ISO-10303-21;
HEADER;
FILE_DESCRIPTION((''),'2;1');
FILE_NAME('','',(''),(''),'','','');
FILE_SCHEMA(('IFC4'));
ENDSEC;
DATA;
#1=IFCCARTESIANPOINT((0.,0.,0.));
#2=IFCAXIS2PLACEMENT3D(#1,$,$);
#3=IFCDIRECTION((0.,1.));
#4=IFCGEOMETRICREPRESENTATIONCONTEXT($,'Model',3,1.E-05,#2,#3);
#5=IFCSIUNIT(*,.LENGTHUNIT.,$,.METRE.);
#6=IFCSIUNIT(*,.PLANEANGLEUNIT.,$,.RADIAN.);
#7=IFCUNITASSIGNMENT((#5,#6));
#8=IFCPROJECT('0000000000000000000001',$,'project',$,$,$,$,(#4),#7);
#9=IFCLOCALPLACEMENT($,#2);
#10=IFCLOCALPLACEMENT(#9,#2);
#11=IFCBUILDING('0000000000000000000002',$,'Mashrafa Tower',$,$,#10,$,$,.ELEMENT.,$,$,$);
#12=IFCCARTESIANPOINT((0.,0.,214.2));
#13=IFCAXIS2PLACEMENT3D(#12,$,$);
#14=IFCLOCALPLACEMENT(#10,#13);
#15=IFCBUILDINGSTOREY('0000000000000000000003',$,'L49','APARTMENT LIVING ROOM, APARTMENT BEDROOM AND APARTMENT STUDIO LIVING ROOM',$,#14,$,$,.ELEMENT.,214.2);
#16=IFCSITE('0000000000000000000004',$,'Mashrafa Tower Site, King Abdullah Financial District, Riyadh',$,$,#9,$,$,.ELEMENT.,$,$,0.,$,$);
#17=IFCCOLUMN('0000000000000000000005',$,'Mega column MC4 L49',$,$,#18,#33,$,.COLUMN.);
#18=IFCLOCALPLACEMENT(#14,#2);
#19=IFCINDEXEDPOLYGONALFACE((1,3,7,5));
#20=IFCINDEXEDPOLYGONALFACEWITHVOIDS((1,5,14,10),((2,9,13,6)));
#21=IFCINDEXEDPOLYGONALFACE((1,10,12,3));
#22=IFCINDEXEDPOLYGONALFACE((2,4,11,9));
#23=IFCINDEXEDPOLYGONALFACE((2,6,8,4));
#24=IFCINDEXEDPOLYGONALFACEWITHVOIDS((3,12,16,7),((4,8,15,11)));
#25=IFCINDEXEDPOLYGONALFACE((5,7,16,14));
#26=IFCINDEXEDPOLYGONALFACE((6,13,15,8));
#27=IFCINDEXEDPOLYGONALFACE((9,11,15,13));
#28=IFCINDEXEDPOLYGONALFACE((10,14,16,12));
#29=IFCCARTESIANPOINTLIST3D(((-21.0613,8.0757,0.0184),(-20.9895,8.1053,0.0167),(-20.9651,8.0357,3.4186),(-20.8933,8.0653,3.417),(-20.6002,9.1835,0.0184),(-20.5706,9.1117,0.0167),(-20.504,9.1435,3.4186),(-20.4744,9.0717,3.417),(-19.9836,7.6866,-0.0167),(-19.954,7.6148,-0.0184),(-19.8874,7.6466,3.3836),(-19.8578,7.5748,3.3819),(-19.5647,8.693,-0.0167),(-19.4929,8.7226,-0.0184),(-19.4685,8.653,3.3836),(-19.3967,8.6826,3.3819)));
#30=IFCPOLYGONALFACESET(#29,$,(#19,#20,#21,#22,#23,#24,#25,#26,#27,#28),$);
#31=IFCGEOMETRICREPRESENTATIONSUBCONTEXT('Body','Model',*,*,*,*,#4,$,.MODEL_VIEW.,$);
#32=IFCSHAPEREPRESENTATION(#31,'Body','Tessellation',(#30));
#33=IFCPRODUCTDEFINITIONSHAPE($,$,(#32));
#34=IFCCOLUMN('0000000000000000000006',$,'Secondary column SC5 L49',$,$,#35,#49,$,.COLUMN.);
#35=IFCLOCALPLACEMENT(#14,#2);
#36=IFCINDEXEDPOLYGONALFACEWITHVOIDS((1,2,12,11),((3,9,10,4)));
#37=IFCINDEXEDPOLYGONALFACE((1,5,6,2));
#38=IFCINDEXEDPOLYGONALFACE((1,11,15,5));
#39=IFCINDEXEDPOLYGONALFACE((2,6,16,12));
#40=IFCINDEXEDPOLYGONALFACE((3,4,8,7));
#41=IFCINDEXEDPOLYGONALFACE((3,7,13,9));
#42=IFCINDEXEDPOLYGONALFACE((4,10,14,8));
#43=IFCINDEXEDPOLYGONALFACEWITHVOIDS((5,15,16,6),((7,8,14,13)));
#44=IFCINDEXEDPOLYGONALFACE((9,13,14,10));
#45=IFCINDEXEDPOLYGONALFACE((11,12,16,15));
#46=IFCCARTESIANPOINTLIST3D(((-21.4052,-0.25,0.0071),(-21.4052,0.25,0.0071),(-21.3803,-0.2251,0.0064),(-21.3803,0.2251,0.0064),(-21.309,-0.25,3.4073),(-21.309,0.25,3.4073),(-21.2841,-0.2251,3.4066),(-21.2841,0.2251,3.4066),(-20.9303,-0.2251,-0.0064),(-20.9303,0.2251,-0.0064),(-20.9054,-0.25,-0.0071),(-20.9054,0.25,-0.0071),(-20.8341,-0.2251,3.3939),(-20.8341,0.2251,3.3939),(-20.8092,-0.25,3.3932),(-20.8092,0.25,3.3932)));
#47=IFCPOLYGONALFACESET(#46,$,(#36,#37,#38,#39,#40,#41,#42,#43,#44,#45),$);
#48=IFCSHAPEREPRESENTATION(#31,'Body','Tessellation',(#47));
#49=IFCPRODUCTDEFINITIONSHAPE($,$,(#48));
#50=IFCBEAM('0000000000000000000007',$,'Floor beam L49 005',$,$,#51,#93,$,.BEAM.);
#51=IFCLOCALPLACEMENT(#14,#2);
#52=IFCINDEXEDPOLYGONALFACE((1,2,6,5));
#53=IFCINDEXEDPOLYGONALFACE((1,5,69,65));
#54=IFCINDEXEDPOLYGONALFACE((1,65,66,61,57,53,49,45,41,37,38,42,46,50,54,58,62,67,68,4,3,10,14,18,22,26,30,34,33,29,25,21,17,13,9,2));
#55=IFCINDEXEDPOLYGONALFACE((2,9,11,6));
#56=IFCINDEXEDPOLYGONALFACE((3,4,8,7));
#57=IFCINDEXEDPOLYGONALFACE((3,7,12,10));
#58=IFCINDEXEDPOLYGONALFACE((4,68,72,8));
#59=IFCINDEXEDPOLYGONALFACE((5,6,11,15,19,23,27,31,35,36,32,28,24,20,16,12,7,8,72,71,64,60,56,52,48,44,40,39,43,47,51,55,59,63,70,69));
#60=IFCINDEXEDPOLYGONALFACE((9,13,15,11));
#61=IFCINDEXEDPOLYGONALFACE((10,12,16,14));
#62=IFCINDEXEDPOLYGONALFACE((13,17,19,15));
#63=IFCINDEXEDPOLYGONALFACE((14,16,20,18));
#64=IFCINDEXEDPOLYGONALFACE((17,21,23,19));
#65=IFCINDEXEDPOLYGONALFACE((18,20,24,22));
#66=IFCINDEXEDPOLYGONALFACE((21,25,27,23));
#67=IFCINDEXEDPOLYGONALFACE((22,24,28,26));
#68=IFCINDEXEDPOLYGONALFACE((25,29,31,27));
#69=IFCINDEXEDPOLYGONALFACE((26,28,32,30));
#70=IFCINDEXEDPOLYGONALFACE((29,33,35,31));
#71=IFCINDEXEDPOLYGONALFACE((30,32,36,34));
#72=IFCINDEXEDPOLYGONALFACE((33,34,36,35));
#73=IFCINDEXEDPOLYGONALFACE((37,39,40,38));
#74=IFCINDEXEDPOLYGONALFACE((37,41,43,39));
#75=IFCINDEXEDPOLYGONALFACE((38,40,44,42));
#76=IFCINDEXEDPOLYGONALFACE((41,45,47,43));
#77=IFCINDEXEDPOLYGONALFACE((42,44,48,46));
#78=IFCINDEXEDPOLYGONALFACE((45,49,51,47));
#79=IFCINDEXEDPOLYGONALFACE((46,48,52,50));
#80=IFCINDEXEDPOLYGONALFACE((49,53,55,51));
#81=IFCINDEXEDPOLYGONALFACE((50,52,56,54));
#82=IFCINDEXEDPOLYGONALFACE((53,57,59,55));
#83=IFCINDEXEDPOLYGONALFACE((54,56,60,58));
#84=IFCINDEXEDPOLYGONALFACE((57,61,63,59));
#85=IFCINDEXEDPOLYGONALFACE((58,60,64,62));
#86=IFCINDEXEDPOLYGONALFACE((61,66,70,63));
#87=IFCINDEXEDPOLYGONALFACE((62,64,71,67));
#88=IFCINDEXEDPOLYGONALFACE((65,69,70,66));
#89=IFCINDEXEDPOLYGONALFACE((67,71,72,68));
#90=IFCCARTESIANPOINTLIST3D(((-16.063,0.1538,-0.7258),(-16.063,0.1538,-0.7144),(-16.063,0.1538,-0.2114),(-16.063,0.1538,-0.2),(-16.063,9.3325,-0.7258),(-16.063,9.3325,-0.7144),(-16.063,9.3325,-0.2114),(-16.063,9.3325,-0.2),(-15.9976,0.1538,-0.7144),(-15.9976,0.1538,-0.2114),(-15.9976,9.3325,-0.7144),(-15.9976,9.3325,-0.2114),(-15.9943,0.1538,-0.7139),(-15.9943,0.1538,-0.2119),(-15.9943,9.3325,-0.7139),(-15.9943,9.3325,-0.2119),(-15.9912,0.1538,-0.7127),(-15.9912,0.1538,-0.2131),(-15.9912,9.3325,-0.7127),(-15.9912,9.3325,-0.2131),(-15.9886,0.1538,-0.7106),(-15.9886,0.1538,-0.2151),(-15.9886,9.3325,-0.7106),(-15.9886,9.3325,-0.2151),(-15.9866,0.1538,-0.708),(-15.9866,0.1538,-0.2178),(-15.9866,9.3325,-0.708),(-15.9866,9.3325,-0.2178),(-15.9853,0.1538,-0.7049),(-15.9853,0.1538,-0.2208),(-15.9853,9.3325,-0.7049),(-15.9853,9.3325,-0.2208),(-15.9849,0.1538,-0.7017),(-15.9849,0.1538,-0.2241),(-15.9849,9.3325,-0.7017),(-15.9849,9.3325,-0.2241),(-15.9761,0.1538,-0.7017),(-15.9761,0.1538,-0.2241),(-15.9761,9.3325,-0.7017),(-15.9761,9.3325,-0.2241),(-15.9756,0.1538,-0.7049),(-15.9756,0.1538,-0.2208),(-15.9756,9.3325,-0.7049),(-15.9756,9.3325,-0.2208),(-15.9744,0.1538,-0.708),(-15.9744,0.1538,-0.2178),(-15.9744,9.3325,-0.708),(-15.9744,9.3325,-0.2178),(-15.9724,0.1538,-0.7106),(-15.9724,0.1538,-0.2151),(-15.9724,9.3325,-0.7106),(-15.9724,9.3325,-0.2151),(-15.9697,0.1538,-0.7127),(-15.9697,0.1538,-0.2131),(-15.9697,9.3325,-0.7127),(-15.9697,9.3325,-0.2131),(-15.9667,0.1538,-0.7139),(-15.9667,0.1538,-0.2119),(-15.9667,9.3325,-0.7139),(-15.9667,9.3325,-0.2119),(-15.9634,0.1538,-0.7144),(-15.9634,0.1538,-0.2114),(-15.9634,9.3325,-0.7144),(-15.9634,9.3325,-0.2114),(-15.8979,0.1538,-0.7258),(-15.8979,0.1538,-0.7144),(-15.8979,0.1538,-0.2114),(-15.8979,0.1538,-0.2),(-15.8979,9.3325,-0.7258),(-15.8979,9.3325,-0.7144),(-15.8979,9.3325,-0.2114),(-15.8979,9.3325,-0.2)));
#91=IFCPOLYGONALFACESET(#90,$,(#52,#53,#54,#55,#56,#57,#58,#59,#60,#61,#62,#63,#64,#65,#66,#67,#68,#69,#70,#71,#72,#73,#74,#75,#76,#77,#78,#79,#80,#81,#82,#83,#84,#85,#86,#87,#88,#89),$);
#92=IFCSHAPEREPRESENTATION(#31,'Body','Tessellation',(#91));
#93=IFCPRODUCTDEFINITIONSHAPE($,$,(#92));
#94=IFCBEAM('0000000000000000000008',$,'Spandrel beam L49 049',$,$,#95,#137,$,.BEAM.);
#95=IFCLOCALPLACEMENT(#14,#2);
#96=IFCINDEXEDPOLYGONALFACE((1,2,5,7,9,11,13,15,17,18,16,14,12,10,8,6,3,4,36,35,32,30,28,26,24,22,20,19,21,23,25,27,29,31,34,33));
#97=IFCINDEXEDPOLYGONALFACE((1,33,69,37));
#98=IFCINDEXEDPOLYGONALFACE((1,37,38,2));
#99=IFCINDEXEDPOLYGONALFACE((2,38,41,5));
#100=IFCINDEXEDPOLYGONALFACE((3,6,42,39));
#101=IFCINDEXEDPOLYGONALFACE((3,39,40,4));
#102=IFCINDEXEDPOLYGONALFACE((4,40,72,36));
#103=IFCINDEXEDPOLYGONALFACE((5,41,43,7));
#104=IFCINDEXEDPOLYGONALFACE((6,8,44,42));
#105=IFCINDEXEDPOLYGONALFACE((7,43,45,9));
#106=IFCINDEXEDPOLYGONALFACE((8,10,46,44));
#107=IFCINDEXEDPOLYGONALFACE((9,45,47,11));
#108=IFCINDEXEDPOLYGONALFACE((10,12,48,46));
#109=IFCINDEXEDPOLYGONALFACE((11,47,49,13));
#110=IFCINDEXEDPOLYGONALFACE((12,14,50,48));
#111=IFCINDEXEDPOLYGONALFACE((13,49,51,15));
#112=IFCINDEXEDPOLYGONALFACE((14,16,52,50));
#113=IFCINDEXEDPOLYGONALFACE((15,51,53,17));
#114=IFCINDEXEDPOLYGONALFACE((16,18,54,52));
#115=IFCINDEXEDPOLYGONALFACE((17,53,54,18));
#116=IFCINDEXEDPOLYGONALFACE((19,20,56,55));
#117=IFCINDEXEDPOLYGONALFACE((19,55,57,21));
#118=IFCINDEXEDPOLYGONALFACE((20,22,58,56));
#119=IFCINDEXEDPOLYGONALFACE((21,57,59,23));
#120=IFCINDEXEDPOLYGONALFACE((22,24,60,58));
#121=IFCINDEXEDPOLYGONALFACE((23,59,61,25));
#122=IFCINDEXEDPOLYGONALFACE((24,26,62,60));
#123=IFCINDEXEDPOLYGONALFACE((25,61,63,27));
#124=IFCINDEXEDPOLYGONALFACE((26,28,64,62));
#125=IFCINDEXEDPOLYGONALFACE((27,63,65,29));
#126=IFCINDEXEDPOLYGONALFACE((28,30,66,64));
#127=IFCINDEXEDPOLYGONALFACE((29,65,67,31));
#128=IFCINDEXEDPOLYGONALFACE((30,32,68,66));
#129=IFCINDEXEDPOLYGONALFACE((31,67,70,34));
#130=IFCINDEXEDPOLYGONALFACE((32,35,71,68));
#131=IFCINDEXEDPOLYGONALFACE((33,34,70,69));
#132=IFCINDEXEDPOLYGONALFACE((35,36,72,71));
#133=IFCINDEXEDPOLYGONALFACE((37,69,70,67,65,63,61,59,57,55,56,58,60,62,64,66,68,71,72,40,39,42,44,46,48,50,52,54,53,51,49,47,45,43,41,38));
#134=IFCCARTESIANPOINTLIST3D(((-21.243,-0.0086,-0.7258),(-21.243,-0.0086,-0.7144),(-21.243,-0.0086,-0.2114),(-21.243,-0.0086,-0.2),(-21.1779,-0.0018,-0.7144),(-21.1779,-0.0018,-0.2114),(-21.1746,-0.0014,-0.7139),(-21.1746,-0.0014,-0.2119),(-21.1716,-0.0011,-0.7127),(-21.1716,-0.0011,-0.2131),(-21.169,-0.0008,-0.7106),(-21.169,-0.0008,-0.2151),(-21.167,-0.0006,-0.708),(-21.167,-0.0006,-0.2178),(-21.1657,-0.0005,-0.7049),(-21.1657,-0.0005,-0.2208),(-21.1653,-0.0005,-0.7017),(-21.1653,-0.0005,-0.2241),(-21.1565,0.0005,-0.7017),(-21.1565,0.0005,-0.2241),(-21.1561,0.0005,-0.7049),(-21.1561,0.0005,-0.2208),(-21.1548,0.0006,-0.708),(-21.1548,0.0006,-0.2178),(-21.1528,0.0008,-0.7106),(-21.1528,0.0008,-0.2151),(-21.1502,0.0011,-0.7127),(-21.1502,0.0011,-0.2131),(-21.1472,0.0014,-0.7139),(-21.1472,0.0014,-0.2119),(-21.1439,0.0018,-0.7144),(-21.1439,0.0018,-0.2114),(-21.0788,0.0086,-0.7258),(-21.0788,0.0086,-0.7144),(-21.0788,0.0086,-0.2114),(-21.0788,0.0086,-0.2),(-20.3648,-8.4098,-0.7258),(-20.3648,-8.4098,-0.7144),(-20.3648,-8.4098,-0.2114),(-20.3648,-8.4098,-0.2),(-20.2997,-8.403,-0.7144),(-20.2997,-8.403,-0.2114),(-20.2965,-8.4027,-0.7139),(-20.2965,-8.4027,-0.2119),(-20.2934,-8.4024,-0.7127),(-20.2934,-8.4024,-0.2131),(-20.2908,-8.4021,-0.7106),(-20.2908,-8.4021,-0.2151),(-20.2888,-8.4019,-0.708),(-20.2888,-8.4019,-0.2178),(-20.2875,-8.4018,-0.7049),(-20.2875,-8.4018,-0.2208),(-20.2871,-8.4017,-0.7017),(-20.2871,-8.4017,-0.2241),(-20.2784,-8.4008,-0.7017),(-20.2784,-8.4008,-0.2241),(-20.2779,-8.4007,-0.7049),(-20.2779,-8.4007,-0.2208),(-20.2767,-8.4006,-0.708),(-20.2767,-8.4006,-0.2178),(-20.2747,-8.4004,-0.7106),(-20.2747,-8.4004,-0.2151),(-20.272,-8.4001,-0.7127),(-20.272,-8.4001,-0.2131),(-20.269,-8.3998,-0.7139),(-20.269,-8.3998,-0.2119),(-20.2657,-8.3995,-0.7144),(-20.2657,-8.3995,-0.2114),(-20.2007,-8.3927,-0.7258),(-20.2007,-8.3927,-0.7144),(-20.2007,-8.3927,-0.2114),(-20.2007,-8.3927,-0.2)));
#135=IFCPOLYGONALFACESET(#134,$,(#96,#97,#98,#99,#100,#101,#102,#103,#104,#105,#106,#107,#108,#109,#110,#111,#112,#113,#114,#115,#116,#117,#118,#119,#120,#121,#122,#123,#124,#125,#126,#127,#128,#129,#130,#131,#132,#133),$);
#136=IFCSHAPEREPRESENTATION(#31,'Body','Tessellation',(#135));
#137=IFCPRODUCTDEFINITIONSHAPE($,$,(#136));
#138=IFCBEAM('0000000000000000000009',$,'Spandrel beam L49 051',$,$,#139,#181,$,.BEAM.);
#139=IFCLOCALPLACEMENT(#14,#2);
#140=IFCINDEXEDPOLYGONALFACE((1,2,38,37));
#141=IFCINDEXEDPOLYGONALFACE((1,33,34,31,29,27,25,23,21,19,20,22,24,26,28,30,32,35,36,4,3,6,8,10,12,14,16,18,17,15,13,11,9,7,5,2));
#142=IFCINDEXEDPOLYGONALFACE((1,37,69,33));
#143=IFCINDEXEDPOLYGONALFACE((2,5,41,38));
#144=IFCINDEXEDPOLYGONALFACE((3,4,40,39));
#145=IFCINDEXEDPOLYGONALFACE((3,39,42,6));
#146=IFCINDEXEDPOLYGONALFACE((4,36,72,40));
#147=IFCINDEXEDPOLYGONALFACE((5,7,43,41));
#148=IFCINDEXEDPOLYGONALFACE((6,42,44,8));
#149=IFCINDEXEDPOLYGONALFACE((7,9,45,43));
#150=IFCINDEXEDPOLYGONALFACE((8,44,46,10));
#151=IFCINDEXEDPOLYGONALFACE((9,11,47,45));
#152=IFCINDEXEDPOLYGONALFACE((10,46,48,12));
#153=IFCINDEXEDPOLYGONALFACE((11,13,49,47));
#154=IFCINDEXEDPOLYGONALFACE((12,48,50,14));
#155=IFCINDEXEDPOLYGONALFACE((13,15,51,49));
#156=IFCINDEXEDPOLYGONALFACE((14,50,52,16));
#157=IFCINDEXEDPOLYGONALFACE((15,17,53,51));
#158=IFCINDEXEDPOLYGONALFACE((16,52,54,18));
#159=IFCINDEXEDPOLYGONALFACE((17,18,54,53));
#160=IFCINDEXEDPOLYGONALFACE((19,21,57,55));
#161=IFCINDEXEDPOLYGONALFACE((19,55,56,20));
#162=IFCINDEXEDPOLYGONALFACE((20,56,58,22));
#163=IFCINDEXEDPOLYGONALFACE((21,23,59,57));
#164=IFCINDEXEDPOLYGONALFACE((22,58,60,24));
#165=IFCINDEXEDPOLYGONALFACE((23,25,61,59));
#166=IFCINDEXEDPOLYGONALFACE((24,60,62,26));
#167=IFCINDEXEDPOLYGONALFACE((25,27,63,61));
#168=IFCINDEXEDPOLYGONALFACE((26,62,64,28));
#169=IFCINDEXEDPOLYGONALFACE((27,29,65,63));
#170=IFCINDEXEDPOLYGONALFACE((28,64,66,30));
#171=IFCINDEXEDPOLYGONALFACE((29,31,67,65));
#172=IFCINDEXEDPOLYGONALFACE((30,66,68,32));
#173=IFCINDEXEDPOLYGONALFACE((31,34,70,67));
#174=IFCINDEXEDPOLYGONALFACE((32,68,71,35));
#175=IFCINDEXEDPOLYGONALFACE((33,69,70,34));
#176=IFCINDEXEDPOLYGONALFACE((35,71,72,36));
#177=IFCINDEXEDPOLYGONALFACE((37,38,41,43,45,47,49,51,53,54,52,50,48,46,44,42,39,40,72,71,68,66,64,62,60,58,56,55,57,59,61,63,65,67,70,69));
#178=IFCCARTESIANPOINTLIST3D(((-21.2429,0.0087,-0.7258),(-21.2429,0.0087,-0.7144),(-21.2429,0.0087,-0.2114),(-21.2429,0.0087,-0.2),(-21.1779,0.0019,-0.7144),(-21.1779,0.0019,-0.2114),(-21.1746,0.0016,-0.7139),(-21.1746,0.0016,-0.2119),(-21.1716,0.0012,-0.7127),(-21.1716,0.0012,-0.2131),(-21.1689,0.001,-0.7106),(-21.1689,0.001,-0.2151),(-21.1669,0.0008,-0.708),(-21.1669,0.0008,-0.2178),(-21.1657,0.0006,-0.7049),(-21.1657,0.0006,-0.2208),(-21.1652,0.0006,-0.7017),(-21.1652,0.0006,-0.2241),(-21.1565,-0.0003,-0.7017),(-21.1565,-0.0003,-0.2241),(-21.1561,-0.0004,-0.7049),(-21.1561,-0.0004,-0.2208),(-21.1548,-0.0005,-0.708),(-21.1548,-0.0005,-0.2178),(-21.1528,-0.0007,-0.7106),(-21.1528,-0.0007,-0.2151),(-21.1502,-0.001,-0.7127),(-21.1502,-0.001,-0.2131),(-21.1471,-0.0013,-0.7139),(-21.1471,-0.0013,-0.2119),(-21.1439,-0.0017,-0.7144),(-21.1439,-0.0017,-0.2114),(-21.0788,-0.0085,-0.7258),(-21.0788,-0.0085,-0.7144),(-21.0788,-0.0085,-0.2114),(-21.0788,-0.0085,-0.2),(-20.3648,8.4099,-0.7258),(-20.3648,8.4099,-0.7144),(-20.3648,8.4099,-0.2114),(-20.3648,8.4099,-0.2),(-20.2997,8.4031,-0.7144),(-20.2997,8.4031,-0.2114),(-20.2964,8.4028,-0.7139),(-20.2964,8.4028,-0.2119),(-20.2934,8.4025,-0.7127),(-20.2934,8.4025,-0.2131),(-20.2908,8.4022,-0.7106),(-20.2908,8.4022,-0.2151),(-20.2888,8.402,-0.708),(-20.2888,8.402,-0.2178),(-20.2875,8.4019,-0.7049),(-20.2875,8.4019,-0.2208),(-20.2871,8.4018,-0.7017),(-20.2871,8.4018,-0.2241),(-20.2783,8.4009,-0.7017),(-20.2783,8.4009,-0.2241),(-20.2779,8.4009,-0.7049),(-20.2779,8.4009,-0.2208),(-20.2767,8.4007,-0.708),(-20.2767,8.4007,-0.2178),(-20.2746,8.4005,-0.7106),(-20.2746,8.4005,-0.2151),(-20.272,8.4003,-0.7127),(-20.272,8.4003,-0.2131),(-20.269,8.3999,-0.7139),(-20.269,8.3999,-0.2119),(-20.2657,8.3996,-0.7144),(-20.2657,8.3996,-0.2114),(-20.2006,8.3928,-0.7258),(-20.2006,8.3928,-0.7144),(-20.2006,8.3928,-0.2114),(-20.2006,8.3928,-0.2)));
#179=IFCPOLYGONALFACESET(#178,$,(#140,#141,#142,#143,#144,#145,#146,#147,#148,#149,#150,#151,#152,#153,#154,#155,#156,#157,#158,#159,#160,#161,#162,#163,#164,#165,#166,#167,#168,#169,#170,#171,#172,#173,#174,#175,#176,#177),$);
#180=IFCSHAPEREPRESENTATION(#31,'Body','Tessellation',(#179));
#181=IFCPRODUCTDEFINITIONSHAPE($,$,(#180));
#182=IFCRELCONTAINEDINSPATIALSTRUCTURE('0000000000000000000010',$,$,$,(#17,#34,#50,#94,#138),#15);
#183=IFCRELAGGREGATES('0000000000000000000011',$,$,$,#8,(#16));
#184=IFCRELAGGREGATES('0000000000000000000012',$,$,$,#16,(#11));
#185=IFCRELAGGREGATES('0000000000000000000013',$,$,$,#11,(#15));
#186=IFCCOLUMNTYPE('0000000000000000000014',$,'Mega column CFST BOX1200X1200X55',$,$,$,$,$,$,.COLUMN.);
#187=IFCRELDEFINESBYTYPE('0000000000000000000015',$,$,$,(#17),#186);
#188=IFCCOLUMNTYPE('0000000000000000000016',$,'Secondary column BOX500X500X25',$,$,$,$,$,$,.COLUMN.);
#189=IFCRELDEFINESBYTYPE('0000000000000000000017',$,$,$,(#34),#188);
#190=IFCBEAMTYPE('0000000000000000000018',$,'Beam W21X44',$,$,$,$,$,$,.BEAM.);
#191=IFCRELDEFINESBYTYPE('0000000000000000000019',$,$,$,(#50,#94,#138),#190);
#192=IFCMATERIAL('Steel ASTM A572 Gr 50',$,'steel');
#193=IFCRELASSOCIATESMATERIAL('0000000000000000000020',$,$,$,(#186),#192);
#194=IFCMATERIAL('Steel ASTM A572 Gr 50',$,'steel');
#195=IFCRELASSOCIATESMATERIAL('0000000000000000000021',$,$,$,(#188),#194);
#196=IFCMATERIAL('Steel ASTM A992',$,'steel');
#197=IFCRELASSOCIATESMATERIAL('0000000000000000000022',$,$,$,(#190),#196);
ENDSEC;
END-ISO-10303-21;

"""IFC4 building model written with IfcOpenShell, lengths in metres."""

from ifc_helpers import new_model, si_unit, direction, frame, origin, origin_2d, place, context, subcontext, project, spatial, hollow_rectangle, i_section, extrude, material, material_profile, profile_set, type_object, element, save


model = new_model("IFC4")

# Units and contexts
model_context = context("Model", 3, precision=1e-05, world=origin(), true_north=direction((0.0, 1.0)))
body_context = subcontext(model_context, "Body", "Model", "MODEL_VIEW")
ifc_project = project(units=[si_unit("LENGTHUNIT", "METRE"), si_unit("PLANEANGLEUNIT", "RADIAN")], contexts=[model_context])

# Site, building, storey
site_placement = place(None, origin())
site = spatial("IfcSite", under=ifc_project, at=site_placement, Name="Mashrafa Tower Site, King Abdullah Financial District, Riyadh", CompositionType="ELEMENT", RefElevation=0.0)
building_placement = place(site_placement, origin())
building = spatial("IfcBuilding", under=site, at=building_placement, Name="Mashrafa Tower", CompositionType="ELEMENT")
storey_placement = place(building_placement, frame((0.0, 0.0, 214.2)))
storey = spatial("IfcBuildingStorey", under=building, at=storey_placement, Name="L49", Description="APARTMENT LIVING ROOM, APARTMENT BEDROOM AND APARTMENT STUDIO LIVING ROOM", CompositionType="ELEMENT", Elevation=214.2)

# Columns
ifc_material_1 = material(Name="Steel ASTM A572 Gr 50", Category="steel")
ifc_material_profile_1 = material_profile(ifc_material_1, hollow_rectangle(XDim=1.2, YDim=1.2, WallThickness=0.0549, at=origin_2d()), Name="BOX1200X1200X55")
ifc_profile_set_1 = profile_set([ifc_material_profile_1], Name="Steel ASTM A572 Gr 50")
column_type_1 = type_object("IfcColumnType", Name="Mega column CFST BOX1200X1200X55", PredefinedType="COLUMN", material=ifc_profile_set_1)
column_1_placement = place(storey_placement, frame((-20.2771, 8.3992, 0.0), z_axis=(0.028277, -0.01177, 0.999531), x_axis=(0.384283, 0.923216, 0.0)))
element("IfcColumn", 1, at=column_1_placement, inside=storey, type_object=column_type_1, Name="Mega column MC4 L49", PredefinedType="COLUMN", context=body_context, shape_type="SweptSolid", body=[
    extrude(hollow_rectangle(XDim=1.2, YDim=1.2, WallThickness=0.0549, at=origin_2d()), origin(), (0.0, 0.0, 1.0), 3.4019),
])
ifc_material_2 = material(Name="Steel ASTM A572 Gr 50", Category="steel")
ifc_material_profile_2 = material_profile(ifc_material_2, hollow_rectangle(XDim=0.5, YDim=0.5, WallThickness=0.0249, at=origin_2d()), Name="BOX500X500X25")
ifc_profile_set_2 = profile_set([ifc_material_profile_2], Name="Steel ASTM A572 Gr 50")
column_type_2 = type_object("IfcColumnType", Name="Secondary column BOX500X500X25", PredefinedType="COLUMN", material=ifc_profile_set_2)
column_2_placement = place(storey_placement, frame((-21.1553, 0.0, 0.0), z_axis=(0.028279, 0.0, 0.9996), x_axis=(0.0, 1.0, 0.0)))
element("IfcColumn", 2, at=column_2_placement, inside=storey, type_object=column_type_2, Name="Secondary column SC5 L49", PredefinedType="COLUMN", context=body_context, shape_type="SweptSolid", body=[
    extrude(hollow_rectangle(XDim=0.5, YDim=0.5, WallThickness=0.0249, at=origin_2d()), origin(), (0.0, 0.0, 1.0), 3.4016),
])

# Beams
ifc_material_3 = material(Name="Steel ASTM A992", Category="steel")
ifc_material_profile_3 = material_profile(ifc_material_3, i_section(OverallWidth=0.165, OverallDepth=0.5259, WebThickness=0.0088, FlangeThickness=0.0115, FilletRadius=0.0127, at=origin_2d()), Name="W21X44")
ifc_profile_set_3 = profile_set([ifc_material_profile_3], Name="Steel ASTM A992")
beam_type_1 = type_object("IfcBeamType", Name="Beam W21X44", PredefinedType="BEAM", material=ifc_profile_set_3)
beam_1_placement = place(storey_placement, frame((-15.9805, 0.1538, -0.4629), z_axis=(0.0, 1.0, 0.0), x_axis=(-1.0, 0.0, 0.0)))
element("IfcBeam", 3, at=beam_1_placement, inside=storey, type_object=beam_type_1, Name="Floor beam L49 005", PredefinedType="BEAM", context=body_context, shape_type="SweptSolid", body=[
    extrude(i_section(OverallWidth=0.165, OverallDepth=0.5259, WebThickness=0.0088, FlangeThickness=0.0115, FilletRadius=0.0127, at=origin_2d()), origin(), (0.0, 0.0, 1.0), 9.1787),
])
for number, where, z_axis, x_axis, name in (
    (4, (-21.1609, 0.0, -0.4629), (0.103961, -0.994581, 0.0), (0.994581, 0.103961, 0.0), "Spandrel beam L49 049"),
    (5, (-20.2827, 8.4014, -0.4629), (-0.103961, -0.994581, 0.0), (0.994581, -0.103961, 0.0), "Spandrel beam L49 051"),
):
    element("IfcBeam", number, at=place(storey_placement, frame(where, z_axis=z_axis, x_axis=x_axis)), inside=storey, type_object=beam_type_1, Name=name, PredefinedType="BEAM", context=body_context, shape_type="SweptSolid", body=[
        extrude(i_section(OverallWidth=0.165, OverallDepth=0.5259, WebThickness=0.0088, FlangeThickness=0.0115, FilletRadius=0.0127, at=origin_2d()), origin(), (0.0, 0.0, 1.0), 8.447),
    ])

save(model, "model.ifc")
